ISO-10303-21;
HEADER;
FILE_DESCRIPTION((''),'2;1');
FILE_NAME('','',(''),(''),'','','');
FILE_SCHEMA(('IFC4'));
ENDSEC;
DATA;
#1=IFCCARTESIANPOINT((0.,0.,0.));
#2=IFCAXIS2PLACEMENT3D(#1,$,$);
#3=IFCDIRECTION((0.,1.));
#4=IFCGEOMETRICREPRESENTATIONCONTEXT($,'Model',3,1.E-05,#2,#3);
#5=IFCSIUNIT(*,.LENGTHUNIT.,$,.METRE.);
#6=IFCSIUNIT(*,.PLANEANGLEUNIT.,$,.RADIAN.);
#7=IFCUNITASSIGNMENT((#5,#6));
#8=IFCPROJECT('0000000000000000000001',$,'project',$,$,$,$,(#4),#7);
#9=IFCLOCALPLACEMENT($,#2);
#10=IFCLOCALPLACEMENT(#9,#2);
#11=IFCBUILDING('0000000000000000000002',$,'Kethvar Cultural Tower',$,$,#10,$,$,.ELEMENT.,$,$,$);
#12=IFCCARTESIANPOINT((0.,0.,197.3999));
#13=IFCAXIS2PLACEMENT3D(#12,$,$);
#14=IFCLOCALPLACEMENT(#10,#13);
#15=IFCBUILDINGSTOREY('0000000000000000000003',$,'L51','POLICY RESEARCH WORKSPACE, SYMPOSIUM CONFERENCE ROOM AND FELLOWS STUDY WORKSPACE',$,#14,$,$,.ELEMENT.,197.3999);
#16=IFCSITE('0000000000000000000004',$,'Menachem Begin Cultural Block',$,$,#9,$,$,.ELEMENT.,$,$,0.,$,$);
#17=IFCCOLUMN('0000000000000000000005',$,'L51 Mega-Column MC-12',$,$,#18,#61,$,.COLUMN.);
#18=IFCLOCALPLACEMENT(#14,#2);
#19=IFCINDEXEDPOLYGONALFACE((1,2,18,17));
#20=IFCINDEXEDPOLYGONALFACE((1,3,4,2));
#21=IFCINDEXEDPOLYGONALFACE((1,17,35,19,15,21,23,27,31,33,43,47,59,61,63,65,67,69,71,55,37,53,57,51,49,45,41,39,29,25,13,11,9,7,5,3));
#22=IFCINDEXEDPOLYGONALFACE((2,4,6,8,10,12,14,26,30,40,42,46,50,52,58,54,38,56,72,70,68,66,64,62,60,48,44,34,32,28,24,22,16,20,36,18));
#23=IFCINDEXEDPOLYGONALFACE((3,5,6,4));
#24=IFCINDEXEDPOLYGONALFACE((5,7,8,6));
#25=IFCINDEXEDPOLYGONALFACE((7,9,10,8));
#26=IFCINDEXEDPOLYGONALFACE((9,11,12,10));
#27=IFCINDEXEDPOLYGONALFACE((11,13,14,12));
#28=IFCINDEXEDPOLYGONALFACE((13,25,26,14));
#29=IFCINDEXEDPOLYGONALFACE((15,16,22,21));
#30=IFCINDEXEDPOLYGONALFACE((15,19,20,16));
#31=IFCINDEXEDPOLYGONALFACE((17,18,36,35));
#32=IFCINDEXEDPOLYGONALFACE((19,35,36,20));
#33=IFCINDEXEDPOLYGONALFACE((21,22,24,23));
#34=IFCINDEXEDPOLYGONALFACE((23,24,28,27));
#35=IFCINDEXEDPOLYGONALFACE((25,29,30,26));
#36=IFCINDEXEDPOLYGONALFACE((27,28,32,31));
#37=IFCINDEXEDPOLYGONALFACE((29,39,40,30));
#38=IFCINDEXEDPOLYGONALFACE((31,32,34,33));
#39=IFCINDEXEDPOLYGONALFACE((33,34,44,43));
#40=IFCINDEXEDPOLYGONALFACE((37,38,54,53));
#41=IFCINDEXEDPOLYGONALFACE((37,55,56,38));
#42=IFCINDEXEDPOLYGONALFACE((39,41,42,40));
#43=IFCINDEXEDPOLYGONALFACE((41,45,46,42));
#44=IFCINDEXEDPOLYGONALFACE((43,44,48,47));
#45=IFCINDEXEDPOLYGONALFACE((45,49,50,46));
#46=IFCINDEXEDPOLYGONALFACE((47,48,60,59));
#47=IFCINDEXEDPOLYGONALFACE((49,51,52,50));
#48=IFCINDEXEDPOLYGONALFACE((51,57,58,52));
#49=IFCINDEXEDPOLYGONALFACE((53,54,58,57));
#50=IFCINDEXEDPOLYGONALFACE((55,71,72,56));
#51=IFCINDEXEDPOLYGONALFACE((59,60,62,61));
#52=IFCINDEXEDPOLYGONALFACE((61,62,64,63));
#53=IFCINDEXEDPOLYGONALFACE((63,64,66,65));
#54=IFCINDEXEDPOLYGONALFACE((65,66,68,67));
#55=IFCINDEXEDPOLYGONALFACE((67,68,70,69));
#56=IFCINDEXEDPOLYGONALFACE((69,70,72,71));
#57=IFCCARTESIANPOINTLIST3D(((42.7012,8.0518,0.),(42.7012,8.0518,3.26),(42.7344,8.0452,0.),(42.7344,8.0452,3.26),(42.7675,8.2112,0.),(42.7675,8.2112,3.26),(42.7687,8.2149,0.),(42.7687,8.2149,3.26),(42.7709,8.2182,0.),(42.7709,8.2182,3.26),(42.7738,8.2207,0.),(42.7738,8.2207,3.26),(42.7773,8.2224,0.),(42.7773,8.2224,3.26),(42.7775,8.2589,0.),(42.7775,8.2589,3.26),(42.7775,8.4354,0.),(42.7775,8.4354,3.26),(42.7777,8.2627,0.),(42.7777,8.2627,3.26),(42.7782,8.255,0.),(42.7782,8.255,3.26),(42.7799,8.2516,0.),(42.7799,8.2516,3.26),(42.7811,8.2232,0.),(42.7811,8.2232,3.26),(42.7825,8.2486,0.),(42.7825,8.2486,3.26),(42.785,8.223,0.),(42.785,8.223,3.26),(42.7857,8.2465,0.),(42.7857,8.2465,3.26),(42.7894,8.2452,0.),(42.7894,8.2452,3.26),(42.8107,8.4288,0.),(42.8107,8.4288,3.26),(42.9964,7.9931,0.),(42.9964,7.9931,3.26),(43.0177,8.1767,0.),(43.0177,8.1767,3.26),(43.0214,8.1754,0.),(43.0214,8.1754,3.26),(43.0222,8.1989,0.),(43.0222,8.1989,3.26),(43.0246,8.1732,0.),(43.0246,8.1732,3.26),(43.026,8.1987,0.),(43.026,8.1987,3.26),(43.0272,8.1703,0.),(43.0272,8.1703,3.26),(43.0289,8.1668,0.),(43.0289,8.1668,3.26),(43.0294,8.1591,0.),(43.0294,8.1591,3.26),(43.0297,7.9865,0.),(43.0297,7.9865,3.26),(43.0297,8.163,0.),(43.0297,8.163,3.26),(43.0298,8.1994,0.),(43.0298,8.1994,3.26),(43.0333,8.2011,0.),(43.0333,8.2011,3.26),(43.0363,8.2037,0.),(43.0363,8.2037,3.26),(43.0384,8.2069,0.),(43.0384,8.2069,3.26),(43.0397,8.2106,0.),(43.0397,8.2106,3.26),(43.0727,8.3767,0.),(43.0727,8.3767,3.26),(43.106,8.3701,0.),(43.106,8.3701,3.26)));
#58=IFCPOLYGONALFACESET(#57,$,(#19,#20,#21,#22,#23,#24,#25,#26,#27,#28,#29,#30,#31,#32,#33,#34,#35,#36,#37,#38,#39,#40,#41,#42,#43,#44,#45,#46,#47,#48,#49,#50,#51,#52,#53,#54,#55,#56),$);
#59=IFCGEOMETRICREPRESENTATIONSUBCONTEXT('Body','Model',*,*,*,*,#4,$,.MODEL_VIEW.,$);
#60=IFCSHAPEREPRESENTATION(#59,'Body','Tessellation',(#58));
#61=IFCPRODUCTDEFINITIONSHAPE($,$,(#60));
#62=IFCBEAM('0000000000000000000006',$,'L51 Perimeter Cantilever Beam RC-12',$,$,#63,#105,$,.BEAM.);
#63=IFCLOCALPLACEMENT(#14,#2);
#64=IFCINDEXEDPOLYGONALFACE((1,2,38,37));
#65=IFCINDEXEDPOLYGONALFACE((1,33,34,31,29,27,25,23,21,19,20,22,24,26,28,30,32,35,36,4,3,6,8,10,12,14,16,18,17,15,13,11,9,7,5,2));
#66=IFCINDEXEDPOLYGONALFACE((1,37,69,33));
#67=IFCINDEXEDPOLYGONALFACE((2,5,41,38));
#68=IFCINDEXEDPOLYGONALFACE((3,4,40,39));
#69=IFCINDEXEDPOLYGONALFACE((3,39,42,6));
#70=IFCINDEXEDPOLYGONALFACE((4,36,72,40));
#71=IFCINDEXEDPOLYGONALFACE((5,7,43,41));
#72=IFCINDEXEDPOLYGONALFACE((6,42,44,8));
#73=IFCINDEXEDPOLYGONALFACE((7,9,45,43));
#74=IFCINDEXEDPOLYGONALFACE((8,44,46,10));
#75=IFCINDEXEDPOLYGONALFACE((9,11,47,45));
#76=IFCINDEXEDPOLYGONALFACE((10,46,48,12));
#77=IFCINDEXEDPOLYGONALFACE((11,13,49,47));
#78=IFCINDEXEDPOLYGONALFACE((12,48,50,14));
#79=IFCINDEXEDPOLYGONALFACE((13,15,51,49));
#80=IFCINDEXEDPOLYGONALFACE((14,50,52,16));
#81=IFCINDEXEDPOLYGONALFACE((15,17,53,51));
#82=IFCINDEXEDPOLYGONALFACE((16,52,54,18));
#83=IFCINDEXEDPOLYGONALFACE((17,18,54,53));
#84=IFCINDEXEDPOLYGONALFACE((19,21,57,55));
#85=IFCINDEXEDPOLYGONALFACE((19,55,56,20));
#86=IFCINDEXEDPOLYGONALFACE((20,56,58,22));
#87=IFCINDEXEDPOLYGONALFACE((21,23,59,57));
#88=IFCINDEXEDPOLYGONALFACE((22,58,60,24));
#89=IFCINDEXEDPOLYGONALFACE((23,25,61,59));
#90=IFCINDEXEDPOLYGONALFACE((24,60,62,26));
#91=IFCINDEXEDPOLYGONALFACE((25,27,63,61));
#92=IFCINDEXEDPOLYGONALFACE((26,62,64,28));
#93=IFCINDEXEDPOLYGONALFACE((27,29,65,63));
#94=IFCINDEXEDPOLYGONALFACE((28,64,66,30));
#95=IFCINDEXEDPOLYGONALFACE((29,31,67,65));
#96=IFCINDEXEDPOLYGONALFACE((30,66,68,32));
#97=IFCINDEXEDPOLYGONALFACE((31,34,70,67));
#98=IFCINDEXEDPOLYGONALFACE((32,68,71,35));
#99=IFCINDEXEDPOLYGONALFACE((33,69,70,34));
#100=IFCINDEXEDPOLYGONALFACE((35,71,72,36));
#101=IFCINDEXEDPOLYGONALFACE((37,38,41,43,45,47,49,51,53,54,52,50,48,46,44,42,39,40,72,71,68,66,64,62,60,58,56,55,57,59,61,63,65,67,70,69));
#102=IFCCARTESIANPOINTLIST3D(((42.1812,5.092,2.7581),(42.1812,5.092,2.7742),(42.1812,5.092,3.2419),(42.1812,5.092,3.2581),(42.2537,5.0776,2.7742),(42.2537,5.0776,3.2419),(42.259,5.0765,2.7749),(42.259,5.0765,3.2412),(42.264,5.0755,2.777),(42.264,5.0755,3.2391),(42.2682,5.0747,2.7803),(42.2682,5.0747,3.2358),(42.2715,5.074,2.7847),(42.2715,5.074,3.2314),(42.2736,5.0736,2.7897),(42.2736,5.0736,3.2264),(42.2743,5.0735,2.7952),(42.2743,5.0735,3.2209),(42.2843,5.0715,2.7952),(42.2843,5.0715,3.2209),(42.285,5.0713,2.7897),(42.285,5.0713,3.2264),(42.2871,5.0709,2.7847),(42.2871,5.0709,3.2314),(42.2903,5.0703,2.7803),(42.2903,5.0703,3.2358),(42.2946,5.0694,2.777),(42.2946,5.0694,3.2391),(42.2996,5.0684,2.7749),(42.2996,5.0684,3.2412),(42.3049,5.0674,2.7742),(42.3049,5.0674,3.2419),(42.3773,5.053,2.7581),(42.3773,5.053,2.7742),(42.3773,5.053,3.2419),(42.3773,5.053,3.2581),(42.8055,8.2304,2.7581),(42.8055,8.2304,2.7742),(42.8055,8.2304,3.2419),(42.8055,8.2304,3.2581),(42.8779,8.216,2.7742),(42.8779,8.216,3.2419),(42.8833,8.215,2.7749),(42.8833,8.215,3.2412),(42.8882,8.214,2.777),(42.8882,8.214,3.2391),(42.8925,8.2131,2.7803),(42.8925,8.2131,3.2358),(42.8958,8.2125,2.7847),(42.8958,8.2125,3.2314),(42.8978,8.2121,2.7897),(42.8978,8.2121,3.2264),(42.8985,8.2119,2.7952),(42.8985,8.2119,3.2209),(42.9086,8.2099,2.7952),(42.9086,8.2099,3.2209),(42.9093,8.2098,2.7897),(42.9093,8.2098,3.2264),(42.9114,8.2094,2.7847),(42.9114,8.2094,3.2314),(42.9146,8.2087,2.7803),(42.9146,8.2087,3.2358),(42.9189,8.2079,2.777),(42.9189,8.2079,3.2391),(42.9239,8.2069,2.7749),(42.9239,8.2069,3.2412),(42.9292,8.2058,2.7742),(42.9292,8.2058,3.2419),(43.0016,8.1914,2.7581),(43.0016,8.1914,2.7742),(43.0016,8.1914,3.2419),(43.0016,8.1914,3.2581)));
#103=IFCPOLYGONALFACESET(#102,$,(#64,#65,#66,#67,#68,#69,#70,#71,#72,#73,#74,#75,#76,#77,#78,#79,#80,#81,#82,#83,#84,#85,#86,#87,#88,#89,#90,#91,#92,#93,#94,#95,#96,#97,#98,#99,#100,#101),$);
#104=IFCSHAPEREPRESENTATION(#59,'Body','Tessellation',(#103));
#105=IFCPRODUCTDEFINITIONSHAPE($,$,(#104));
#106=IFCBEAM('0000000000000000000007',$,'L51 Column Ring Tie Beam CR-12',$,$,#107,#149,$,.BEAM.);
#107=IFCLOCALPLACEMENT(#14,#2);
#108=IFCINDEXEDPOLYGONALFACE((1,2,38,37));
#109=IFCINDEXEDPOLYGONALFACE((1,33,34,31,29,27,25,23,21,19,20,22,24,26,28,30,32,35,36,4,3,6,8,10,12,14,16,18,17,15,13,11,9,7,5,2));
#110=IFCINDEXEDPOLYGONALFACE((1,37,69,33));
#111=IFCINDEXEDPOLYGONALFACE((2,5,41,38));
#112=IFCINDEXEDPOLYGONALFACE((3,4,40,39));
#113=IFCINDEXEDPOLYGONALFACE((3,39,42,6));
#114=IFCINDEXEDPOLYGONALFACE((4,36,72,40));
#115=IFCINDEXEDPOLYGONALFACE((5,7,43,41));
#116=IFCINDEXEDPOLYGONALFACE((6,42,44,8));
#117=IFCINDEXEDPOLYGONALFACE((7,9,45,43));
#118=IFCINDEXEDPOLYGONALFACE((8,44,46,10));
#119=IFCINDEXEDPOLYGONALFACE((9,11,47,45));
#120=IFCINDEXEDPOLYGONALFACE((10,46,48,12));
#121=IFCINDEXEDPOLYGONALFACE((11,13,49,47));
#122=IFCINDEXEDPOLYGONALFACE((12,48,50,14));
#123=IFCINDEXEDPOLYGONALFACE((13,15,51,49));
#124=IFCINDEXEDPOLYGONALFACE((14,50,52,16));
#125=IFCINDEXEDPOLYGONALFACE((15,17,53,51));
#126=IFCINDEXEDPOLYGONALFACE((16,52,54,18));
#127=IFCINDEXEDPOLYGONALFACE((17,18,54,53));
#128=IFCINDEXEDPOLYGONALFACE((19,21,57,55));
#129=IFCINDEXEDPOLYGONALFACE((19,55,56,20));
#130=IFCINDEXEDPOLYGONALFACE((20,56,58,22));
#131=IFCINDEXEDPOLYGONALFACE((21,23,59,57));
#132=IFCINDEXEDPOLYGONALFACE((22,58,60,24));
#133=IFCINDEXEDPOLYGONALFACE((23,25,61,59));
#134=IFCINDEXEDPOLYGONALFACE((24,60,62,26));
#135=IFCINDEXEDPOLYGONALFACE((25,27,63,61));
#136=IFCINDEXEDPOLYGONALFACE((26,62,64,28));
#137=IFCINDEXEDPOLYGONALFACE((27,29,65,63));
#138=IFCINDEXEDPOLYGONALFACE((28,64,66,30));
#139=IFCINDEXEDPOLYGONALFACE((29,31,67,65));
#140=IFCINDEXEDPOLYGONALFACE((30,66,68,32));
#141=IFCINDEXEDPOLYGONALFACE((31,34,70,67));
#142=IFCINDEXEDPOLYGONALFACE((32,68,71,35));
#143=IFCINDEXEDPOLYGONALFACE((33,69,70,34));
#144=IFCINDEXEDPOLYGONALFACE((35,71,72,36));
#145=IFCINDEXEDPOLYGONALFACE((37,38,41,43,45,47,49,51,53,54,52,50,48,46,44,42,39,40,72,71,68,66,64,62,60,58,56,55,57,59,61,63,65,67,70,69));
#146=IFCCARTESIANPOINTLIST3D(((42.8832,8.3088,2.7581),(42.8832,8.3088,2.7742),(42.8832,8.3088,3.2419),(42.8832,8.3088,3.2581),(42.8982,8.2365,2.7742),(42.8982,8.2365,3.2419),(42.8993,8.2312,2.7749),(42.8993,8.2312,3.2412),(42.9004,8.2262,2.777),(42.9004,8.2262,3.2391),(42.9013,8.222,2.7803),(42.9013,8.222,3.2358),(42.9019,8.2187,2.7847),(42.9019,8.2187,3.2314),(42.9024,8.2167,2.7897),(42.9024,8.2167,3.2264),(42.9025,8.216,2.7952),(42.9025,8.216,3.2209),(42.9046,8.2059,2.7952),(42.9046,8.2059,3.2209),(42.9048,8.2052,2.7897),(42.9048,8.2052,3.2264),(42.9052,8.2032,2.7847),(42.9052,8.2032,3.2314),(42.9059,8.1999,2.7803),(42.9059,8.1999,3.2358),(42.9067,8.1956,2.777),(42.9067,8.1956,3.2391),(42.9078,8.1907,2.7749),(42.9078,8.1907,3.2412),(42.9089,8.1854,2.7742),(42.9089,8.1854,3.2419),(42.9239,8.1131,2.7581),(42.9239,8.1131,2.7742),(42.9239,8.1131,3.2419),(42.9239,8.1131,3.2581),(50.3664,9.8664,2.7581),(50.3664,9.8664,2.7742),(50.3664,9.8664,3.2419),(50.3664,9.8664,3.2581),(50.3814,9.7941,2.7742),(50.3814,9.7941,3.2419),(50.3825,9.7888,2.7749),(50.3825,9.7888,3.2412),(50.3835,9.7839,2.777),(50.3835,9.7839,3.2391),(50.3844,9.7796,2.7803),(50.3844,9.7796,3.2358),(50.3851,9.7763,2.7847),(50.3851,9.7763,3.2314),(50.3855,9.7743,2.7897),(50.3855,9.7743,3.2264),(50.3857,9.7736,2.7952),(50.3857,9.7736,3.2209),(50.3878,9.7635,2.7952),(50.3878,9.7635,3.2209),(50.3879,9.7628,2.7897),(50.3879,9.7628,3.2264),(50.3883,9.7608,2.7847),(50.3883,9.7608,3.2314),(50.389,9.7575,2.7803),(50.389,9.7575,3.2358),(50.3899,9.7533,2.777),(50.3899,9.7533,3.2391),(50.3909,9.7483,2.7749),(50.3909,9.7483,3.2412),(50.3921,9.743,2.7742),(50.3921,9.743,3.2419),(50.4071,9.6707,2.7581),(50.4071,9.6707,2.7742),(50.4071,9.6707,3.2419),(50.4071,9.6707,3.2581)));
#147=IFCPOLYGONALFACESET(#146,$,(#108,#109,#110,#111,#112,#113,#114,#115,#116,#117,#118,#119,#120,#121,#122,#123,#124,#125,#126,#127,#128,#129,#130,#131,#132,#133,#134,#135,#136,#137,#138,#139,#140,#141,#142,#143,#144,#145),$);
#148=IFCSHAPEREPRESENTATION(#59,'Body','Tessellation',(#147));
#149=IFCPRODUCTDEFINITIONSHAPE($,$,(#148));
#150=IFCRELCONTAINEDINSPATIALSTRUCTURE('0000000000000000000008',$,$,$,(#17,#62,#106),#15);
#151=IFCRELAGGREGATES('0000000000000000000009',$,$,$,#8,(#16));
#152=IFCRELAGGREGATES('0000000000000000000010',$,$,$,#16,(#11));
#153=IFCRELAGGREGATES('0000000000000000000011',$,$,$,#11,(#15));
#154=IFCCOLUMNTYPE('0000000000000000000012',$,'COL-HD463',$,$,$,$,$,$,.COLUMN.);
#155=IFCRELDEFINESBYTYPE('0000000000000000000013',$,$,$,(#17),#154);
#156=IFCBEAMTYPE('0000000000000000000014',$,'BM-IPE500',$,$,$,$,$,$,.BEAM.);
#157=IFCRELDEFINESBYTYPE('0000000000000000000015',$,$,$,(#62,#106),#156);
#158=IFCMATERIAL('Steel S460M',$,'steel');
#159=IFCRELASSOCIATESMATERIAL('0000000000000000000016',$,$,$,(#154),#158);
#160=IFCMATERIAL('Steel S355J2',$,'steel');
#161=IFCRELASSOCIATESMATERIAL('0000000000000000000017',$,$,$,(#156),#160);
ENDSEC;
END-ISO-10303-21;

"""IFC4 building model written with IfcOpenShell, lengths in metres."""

from ifc_helpers import new_model, si_unit, direction, frame, origin, origin_2d, place, context, subcontext, project, spatial, i_section, extrude, source, transform, mapped, material, material_profile, profile_set, type_object, element, save


model = new_model("IFC4")

# Units and contexts
model_context = context("Model", 3, precision=1e-05, world=origin(), true_north=direction((0.0, 1.0)))
body_context = subcontext(model_context, "Body", "Model", "MODEL_VIEW")
ifc_project = project(units=[si_unit("LENGTHUNIT", "METRE"), si_unit("PLANEANGLEUNIT", "RADIAN")], contexts=[model_context])

# Site, building, storey
site_placement = place(None, origin())
site = spatial("IfcSite", under=ifc_project, at=site_placement, Name="Menachem Begin Cultural Block", CompositionType="ELEMENT", RefElevation=0.0)
building_placement = place(site_placement, origin())
building = spatial("IfcBuilding", under=site, at=building_placement, Name="Kethvar Cultural Tower", CompositionType="ELEMENT")
storey_placement = place(building_placement, frame((0.0, 0.0, 197.3999)))
storey = spatial("IfcBuildingStorey", under=building, at=storey_placement, Name="L51", Description="POLICY RESEARCH WORKSPACE, SYMPOSIUM CONFERENCE ROOM AND FELLOWS STUDY WORKSPACE", CompositionType="ELEMENT", Elevation=197.3999)

# Column
ifc_material_1 = material(Name="Steel S460M", Category="steel")
ifc_material_profile_1 = material_profile(ifc_material_1, i_section(OverallWidth=0.3911, OverallDepth=0.335, WebThickness=0.0227, FlangeThickness=0.0339, FilletRadius=0.0149, at=origin_2d()), Name="Steel S460M — HD400x463")
ifc_profile_set_1 = profile_set([ifc_material_profile_1], Name="Steel S460M — HD400x463")
column_type = type_object("IfcColumnType", Name="COL-HD463", PredefinedType="COLUMN", material=ifc_profile_set_1)
shared_shape_1 = source(origin(), body_context, "Body", "SweptSolid", [
    extrude(i_section(OverallWidth=0.3911, OverallDepth=0.335, WebThickness=0.0227, FlangeThickness=0.0339, FilletRadius=0.0149, at=origin_2d()), origin(), (0.0, 0.0, 1.0), 3.26),
])
column_placement = place(storey_placement, frame((42.9036, 8.2109, 0.0), z_axis=(0.0, 0.0, 1.0), x_axis=(-0.19509, -0.980785, 0.0)))
element("IfcColumn", 1, at=column_placement, inside=storey, type_object=column_type, Name="L51 Mega-Column MC-12", PredefinedType="COLUMN", context=body_context, shape_type="MappedRepresentation", body=[
    mapped(shared_shape_1, transform((0.0, 0.0, 0.0), scale=1.0)),
])

# Beams
ifc_material_2 = material(Name="Steel S355J2", Category="steel")
ifc_material_profile_2 = material_profile(ifc_material_2, i_section(OverallWidth=0.2, OverallDepth=0.5, WebThickness=0.0103, FlangeThickness=0.0161, FilletRadius=0.021, at=origin_2d()), Name="Steel S355J2 — IPE500")
ifc_profile_set_2 = profile_set([ifc_material_profile_2], Name="Steel S355J2 — IPE500")
beam_type_1 = type_object("IfcBeamType", Name="BM-IPE500", PredefinedType="BEAM", material=ifc_profile_set_2)
shared_shape_2 = source(origin(), body_context, "Body", "SweptSolid", [
    extrude(i_section(OverallWidth=0.2, OverallDepth=0.5, WebThickness=0.0103, FlangeThickness=0.0161, FilletRadius=0.021, at=origin_2d()), origin(), (0.0, 0.0, 1.0), 3.2),
])
beam_1_placement = place(storey_placement, frame((42.9036, 8.2109, 3.0081), z_axis=(-0.195089, -0.980786, 0.0), x_axis=(0.980786, -0.195089, 0.0)))
element("IfcBeam", 2, at=beam_1_placement, inside=storey, type_object=beam_type_1, Name="L51 Perimeter Cantilever Beam RC-12", PredefinedType="BEAM", context=body_context, shape_type="MappedRepresentation", body=[
    mapped(shared_shape_2, transform((0.0, 0.0, 0.0), scale=1.0)),
])
shared_shape_3 = source(origin(), body_context, "Body", "SweptSolid", [
    extrude(i_section(OverallWidth=0.2, OverallDepth=0.5, WebThickness=0.0103, FlangeThickness=0.0161, FilletRadius=0.021, at=origin_2d()), origin(), (0.0, 0.0, 1.0), 7.6436),
])
beam_2_placement = place(storey_placement, frame((42.9036, 8.2109, 3.0081), z_axis=(0.979016, 0.203782, 0.0), x_axis=(-0.203782, 0.979016, 0.0)))
element("IfcBeam", 3, at=beam_2_placement, inside=storey, type_object=beam_type_1, Name="L51 Column Ring Tie Beam CR-12", PredefinedType="BEAM", context=body_context, shape_type="MappedRepresentation", body=[
    mapped(shared_shape_3, transform((0.0, 0.0, 0.0), scale=1.0)),
])

save(model, "model.ifc")
